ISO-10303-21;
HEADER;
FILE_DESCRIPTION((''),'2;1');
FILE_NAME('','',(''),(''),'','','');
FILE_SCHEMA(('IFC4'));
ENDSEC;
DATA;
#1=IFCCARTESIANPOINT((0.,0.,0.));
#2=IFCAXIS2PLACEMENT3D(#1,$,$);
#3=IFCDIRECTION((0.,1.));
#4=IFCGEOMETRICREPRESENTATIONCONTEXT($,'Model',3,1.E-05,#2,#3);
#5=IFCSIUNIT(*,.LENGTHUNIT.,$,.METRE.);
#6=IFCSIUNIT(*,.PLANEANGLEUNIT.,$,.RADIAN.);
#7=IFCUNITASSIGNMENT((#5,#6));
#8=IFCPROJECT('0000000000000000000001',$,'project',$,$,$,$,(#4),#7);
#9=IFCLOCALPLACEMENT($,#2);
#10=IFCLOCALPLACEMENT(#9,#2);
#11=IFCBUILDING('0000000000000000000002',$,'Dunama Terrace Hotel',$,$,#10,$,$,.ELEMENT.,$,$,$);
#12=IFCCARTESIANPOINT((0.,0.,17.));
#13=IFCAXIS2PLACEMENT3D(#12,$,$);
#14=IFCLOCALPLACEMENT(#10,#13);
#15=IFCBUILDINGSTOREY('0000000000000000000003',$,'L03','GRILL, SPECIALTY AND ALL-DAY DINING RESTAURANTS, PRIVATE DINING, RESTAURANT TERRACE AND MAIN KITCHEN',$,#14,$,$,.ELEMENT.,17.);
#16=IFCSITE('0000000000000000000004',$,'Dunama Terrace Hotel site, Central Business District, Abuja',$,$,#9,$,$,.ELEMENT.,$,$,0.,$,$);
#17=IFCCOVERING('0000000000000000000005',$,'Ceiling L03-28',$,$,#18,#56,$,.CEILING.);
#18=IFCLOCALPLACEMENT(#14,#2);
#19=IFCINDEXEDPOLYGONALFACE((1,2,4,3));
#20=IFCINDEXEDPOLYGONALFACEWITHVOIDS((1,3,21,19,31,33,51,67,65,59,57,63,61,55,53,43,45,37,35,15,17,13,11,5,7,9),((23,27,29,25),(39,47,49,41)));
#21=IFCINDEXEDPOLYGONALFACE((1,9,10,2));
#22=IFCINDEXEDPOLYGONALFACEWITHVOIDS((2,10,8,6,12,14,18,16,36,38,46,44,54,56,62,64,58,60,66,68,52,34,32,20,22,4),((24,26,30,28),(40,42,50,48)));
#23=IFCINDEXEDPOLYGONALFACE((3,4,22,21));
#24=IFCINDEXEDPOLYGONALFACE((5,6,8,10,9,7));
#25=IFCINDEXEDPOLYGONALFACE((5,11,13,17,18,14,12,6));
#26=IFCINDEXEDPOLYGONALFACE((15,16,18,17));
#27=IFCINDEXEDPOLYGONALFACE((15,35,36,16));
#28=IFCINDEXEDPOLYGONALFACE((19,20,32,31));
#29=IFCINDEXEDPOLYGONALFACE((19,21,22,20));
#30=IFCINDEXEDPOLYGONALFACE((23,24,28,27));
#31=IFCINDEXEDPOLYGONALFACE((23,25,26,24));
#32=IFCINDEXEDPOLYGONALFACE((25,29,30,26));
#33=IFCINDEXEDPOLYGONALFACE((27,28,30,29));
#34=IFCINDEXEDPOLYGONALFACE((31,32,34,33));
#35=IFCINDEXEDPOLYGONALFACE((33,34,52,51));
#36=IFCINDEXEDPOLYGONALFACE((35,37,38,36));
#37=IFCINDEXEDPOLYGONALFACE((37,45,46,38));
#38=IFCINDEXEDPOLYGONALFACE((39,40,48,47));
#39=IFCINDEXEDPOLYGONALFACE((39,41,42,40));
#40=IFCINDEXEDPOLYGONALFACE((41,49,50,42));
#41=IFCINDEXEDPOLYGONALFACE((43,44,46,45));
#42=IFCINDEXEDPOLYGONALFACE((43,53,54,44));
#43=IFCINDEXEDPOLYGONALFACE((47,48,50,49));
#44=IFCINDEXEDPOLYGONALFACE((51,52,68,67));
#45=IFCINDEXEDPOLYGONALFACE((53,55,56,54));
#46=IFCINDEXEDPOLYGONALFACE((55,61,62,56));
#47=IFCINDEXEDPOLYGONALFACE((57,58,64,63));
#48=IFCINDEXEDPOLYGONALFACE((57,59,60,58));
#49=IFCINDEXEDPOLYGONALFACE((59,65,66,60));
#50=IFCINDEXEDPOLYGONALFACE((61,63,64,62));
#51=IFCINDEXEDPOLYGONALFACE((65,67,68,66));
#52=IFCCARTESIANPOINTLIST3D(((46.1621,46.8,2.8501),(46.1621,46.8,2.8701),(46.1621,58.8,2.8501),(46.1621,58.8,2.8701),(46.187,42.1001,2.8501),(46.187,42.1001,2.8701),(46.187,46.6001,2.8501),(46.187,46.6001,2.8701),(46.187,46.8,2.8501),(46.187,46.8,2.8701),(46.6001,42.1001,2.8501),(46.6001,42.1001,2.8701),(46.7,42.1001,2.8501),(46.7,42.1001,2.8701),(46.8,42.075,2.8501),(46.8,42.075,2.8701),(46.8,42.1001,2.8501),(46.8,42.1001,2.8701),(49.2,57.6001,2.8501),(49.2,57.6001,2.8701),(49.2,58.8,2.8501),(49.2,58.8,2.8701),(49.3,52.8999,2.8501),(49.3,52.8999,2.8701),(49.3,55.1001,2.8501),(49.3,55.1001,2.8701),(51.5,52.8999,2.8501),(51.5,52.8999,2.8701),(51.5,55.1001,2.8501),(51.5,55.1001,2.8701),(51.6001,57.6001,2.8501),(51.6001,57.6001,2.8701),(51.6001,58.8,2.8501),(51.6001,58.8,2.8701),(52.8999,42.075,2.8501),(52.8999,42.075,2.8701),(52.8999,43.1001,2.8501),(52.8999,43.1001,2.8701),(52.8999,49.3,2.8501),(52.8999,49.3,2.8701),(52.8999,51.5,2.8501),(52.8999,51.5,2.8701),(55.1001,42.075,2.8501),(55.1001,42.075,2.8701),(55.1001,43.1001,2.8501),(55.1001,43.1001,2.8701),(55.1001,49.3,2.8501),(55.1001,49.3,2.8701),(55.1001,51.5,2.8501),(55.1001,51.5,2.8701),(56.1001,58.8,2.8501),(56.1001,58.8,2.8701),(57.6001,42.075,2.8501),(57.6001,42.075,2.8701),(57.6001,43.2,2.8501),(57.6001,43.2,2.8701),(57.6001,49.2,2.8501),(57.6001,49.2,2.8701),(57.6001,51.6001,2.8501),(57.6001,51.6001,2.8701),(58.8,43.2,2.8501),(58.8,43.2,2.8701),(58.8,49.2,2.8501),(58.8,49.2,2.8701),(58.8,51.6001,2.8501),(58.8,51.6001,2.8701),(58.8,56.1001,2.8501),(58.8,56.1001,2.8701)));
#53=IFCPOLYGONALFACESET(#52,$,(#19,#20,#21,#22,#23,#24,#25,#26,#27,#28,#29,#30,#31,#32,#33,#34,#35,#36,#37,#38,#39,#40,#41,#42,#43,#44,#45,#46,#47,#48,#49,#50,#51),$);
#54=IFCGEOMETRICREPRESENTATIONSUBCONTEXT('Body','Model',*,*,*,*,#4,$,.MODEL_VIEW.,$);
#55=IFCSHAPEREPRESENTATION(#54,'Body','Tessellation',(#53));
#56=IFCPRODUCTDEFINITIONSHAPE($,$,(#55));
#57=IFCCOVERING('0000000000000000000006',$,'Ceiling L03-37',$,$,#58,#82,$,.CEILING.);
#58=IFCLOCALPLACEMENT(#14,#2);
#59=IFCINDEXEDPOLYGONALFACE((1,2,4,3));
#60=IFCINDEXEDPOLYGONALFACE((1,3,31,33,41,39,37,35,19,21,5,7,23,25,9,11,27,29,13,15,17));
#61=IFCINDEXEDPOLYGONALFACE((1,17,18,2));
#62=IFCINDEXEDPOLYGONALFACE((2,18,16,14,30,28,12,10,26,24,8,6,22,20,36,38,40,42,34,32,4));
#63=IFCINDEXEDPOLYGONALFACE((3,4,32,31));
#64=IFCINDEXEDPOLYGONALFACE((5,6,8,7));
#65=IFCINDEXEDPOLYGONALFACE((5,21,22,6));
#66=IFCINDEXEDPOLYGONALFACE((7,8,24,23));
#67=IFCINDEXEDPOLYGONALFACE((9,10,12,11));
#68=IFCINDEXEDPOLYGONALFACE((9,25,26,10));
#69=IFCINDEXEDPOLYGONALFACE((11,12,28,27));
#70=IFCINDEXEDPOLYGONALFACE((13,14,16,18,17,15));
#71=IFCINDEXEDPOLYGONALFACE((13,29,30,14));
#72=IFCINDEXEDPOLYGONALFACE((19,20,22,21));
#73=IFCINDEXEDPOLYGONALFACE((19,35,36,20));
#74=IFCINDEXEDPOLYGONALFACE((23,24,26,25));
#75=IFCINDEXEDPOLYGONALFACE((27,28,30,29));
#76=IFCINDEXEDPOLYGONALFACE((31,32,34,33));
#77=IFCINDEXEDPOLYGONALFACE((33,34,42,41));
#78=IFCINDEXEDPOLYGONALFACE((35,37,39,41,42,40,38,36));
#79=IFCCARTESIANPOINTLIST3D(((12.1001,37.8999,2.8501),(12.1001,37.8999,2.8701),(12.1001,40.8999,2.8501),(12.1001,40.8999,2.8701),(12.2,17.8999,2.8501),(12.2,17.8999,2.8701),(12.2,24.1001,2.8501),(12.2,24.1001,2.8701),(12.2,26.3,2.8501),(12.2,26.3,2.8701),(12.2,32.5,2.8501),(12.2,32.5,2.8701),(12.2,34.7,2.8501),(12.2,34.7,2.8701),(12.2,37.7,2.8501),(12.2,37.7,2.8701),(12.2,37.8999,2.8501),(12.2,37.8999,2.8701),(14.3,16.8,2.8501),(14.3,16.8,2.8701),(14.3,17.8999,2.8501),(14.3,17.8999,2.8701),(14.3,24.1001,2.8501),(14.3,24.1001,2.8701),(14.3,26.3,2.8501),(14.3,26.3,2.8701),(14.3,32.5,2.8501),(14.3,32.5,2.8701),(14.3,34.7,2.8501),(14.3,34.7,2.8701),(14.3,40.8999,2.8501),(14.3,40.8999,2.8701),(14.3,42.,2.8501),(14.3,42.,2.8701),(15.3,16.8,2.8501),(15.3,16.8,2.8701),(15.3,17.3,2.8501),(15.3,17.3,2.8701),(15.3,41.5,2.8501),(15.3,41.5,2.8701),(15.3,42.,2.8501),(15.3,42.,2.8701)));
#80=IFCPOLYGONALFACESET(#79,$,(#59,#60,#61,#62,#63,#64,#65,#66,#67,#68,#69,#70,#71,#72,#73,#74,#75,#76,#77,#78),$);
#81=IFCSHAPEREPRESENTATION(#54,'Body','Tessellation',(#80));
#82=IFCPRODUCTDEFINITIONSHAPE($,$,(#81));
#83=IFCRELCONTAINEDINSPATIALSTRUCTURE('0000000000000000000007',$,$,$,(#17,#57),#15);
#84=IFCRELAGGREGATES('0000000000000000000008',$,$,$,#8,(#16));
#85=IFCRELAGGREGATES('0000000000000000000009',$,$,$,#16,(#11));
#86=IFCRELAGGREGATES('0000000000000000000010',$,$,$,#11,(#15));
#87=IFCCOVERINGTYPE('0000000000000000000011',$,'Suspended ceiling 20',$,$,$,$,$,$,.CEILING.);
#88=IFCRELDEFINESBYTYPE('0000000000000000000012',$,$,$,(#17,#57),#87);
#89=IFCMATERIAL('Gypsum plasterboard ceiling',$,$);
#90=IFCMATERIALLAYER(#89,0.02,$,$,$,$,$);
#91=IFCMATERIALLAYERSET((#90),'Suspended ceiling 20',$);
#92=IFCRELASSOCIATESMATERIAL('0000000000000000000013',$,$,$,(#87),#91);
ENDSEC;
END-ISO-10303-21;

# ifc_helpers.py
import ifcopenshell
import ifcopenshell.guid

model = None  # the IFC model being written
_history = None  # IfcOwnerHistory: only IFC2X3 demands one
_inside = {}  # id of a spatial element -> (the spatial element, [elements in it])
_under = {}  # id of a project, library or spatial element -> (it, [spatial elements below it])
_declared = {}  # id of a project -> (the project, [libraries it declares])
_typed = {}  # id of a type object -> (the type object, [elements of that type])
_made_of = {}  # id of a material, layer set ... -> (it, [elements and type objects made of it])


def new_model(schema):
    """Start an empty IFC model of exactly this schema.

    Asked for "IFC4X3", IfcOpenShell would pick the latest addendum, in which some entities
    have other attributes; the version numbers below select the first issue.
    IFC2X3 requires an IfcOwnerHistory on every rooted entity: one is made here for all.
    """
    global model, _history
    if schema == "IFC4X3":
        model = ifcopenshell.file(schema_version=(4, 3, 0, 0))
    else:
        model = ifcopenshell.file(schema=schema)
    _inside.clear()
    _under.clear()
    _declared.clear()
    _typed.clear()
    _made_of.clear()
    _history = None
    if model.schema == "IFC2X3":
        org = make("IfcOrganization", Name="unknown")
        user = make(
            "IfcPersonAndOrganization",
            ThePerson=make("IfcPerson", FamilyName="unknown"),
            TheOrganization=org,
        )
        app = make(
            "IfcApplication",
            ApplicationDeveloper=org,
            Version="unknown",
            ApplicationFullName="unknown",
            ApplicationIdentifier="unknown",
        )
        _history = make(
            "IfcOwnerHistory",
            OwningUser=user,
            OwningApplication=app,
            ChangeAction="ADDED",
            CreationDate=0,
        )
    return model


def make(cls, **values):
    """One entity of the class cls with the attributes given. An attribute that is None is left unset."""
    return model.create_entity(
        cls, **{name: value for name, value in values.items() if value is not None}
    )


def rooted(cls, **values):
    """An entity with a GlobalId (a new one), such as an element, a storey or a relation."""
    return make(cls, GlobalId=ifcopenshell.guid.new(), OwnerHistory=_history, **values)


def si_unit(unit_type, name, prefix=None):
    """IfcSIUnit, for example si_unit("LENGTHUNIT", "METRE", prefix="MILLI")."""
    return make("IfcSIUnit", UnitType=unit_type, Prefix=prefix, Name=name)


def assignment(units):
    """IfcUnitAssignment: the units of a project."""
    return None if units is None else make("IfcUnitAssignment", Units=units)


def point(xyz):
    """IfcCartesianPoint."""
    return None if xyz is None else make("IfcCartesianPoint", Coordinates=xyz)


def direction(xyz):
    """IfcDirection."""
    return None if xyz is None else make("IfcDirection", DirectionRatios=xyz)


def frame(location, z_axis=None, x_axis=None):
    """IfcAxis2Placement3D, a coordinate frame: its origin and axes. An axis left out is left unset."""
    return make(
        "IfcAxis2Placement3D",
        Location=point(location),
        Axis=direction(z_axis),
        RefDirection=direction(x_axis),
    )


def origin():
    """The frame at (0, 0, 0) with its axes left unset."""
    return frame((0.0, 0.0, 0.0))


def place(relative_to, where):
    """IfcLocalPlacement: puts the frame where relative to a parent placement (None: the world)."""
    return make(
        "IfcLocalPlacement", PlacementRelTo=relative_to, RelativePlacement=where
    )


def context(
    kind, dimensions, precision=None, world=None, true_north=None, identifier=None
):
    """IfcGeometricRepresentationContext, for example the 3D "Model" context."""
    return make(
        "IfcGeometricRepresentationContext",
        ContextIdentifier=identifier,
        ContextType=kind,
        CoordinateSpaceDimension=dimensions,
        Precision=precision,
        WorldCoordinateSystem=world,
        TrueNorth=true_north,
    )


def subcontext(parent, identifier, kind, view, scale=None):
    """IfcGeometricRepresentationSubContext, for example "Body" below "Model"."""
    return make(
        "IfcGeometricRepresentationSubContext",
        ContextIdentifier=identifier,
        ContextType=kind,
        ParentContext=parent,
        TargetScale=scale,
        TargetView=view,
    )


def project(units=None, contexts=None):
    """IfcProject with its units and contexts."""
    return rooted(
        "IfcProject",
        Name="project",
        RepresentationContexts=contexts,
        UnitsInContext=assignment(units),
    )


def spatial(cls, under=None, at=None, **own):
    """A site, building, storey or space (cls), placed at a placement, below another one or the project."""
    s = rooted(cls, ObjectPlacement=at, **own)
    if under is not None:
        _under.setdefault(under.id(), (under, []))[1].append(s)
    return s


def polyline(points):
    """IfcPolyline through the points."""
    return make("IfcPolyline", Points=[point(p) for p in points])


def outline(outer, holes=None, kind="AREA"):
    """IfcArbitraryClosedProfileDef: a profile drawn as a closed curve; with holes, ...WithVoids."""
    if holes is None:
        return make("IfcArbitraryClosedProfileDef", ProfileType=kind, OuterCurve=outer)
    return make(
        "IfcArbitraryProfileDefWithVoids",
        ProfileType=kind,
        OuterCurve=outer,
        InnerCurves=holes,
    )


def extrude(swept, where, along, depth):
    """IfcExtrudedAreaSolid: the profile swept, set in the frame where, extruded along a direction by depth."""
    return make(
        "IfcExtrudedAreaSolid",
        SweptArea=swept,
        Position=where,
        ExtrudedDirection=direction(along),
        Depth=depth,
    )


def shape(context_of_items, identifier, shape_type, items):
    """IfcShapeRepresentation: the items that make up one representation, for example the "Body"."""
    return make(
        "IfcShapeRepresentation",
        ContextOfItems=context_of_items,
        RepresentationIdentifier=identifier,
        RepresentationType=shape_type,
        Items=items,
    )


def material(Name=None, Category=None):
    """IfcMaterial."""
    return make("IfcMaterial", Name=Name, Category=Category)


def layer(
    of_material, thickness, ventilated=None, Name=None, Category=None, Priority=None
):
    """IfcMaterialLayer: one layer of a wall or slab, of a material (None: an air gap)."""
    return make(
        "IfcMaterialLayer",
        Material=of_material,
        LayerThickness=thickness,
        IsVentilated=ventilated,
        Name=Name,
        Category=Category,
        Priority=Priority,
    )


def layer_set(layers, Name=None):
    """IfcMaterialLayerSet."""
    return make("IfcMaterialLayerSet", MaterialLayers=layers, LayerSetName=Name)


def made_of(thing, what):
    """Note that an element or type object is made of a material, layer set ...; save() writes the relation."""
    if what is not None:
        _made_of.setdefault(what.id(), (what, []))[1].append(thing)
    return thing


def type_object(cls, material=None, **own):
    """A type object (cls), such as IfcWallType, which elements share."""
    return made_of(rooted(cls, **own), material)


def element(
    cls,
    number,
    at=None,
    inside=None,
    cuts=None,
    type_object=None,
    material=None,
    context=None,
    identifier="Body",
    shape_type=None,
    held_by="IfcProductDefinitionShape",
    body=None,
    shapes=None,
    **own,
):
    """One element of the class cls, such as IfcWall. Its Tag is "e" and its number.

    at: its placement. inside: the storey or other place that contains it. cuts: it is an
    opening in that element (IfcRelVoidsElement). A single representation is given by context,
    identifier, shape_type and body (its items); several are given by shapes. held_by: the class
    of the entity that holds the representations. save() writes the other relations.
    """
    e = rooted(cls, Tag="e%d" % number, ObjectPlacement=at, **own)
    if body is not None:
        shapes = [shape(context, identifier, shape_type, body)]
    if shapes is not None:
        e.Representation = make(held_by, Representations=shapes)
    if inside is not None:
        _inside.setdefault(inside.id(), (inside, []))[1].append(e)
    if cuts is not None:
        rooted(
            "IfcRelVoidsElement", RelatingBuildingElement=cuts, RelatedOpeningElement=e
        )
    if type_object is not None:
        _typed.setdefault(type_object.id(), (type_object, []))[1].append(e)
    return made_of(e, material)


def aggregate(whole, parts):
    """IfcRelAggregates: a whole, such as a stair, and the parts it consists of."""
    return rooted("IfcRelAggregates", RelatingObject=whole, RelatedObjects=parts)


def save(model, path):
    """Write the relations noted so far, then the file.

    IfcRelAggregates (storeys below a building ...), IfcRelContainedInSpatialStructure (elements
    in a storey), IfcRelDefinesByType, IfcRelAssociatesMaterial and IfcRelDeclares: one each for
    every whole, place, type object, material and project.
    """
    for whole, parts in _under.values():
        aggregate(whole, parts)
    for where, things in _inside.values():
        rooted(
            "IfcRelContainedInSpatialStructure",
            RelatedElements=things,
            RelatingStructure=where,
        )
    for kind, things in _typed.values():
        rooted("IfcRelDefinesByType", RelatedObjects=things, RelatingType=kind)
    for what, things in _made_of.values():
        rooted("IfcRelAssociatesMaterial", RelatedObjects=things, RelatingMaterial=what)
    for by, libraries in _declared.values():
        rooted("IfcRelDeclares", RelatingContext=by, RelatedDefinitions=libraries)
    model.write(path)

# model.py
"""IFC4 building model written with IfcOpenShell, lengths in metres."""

from ifc_helpers import new_model, si_unit, direction, frame, origin, place, context, subcontext, project, spatial, polyline, outline, extrude, material, layer, layer_set, type_object, element, save


model = new_model("IFC4")

# Units and contexts
model_context = context("Model", 3, precision=1e-05, world=origin(), true_north=direction((0.0, 1.0)))
body_context = subcontext(model_context, "Body", "Model", "MODEL_VIEW")
ifc_project = project(units=[si_unit("LENGTHUNIT", "METRE"), si_unit("PLANEANGLEUNIT", "RADIAN")], contexts=[model_context])

# Site, building, storey
site_placement = place(None, origin())
site = spatial("IfcSite", under=ifc_project, at=site_placement, Name="Dunama Terrace Hotel site, Central Business District, Abuja", CompositionType="ELEMENT", RefElevation=0.0)
building_placement = place(site_placement, origin())
building = spatial("IfcBuilding", under=site, at=building_placement, Name="Dunama Terrace Hotel", CompositionType="ELEMENT")
storey_placement = place(building_placement, frame((0.0, 0.0, 17.0)))
storey = spatial("IfcBuildingStorey", under=building, at=storey_placement, Name="L03", Description="GRILL, SPECIALTY AND ALL-DAY DINING RESTAURANTS, PRIVATE DINING, RESTAURANT TERRACE AND MAIN KITCHEN", CompositionType="ELEMENT", Elevation=17.0)

# Coverings
ifc_material_1 = material(Name="Gypsum plasterboard ceiling")
ifc_layer_1 = layer(ifc_material_1, 0.02)
ifc_layer_set_1 = layer_set([ifc_layer_1], Name="Suspended ceiling 20")
covering_type_1 = type_object("IfcCoveringType", Name="Suspended ceiling 20", PredefinedType="CEILING", material=ifc_layer_set_1)
covering_1_placement = place(storey_placement, frame((0.0, 0.0, 2.8501)))
element("IfcCovering", 1, at=covering_1_placement, inside=storey, type_object=covering_type_1, Name="Ceiling L03-28", PredefinedType="CEILING", context=body_context, shape_type="SweptSolid", body=[
    extrude(outline(polyline([(49.2, 57.6001), (49.2, 58.8), (46.1621, 58.8), (46.1621, 46.8), (46.187, 46.8), (46.187, 46.6001), (46.187, 42.1001), (46.6001, 42.1001), (46.7, 42.1001), (46.8, 42.1001), (46.8, 42.075), (52.8999, 42.075), (52.8999, 43.1001), (55.1001, 43.1001), (55.1001, 42.075), (57.6001, 42.075), (57.6001, 43.2), (58.8, 43.2), (58.8, 49.2), (57.6001, 49.2), (57.6001, 51.6001), (58.8, 51.6001), (58.8, 56.1001), (56.1001, 58.8), (51.6001, 58.8), (51.6001, 57.6001), (49.2, 57.6001)]), holes=[polyline([(52.8999, 49.3), (52.8999, 51.5), (55.1001, 51.5), (55.1001, 49.3), (52.8999, 49.3)]), polyline([(49.3, 52.8999), (49.3, 55.1001), (51.5, 55.1001), (51.5, 52.8999), (49.3, 52.8999)])]), origin(), (0.0, 0.0, 1.0), 0.02),
])
covering_2_placement = place(storey_placement, frame((0.0, 0.0, 2.8501)))
element("IfcCovering", 2, at=covering_2_placement, inside=storey, type_object=covering_type_1, Name="Ceiling L03-37", PredefinedType="CEILING", context=body_context, shape_type="SweptSolid", body=[
    extrude(outline(polyline([(14.3, 17.8999), (14.3, 16.8), (15.3, 16.8), (15.3, 17.3), (15.3, 41.5), (15.3, 42.0), (14.3, 42.0), (14.3, 40.8999), (12.1001, 40.8999), (12.1001, 37.8999), (12.2, 37.8999), (12.2, 37.7), (12.2, 34.7), (14.3, 34.7), (14.3, 32.5), (12.2, 32.5), (12.2, 26.3), (14.3, 26.3), (14.3, 24.1001), (12.2, 24.1001), (12.2, 17.8999), (14.3, 17.8999)])), origin(), (0.0, 0.0, 1.0), 0.02),
])

save(model, "model.ifc")
